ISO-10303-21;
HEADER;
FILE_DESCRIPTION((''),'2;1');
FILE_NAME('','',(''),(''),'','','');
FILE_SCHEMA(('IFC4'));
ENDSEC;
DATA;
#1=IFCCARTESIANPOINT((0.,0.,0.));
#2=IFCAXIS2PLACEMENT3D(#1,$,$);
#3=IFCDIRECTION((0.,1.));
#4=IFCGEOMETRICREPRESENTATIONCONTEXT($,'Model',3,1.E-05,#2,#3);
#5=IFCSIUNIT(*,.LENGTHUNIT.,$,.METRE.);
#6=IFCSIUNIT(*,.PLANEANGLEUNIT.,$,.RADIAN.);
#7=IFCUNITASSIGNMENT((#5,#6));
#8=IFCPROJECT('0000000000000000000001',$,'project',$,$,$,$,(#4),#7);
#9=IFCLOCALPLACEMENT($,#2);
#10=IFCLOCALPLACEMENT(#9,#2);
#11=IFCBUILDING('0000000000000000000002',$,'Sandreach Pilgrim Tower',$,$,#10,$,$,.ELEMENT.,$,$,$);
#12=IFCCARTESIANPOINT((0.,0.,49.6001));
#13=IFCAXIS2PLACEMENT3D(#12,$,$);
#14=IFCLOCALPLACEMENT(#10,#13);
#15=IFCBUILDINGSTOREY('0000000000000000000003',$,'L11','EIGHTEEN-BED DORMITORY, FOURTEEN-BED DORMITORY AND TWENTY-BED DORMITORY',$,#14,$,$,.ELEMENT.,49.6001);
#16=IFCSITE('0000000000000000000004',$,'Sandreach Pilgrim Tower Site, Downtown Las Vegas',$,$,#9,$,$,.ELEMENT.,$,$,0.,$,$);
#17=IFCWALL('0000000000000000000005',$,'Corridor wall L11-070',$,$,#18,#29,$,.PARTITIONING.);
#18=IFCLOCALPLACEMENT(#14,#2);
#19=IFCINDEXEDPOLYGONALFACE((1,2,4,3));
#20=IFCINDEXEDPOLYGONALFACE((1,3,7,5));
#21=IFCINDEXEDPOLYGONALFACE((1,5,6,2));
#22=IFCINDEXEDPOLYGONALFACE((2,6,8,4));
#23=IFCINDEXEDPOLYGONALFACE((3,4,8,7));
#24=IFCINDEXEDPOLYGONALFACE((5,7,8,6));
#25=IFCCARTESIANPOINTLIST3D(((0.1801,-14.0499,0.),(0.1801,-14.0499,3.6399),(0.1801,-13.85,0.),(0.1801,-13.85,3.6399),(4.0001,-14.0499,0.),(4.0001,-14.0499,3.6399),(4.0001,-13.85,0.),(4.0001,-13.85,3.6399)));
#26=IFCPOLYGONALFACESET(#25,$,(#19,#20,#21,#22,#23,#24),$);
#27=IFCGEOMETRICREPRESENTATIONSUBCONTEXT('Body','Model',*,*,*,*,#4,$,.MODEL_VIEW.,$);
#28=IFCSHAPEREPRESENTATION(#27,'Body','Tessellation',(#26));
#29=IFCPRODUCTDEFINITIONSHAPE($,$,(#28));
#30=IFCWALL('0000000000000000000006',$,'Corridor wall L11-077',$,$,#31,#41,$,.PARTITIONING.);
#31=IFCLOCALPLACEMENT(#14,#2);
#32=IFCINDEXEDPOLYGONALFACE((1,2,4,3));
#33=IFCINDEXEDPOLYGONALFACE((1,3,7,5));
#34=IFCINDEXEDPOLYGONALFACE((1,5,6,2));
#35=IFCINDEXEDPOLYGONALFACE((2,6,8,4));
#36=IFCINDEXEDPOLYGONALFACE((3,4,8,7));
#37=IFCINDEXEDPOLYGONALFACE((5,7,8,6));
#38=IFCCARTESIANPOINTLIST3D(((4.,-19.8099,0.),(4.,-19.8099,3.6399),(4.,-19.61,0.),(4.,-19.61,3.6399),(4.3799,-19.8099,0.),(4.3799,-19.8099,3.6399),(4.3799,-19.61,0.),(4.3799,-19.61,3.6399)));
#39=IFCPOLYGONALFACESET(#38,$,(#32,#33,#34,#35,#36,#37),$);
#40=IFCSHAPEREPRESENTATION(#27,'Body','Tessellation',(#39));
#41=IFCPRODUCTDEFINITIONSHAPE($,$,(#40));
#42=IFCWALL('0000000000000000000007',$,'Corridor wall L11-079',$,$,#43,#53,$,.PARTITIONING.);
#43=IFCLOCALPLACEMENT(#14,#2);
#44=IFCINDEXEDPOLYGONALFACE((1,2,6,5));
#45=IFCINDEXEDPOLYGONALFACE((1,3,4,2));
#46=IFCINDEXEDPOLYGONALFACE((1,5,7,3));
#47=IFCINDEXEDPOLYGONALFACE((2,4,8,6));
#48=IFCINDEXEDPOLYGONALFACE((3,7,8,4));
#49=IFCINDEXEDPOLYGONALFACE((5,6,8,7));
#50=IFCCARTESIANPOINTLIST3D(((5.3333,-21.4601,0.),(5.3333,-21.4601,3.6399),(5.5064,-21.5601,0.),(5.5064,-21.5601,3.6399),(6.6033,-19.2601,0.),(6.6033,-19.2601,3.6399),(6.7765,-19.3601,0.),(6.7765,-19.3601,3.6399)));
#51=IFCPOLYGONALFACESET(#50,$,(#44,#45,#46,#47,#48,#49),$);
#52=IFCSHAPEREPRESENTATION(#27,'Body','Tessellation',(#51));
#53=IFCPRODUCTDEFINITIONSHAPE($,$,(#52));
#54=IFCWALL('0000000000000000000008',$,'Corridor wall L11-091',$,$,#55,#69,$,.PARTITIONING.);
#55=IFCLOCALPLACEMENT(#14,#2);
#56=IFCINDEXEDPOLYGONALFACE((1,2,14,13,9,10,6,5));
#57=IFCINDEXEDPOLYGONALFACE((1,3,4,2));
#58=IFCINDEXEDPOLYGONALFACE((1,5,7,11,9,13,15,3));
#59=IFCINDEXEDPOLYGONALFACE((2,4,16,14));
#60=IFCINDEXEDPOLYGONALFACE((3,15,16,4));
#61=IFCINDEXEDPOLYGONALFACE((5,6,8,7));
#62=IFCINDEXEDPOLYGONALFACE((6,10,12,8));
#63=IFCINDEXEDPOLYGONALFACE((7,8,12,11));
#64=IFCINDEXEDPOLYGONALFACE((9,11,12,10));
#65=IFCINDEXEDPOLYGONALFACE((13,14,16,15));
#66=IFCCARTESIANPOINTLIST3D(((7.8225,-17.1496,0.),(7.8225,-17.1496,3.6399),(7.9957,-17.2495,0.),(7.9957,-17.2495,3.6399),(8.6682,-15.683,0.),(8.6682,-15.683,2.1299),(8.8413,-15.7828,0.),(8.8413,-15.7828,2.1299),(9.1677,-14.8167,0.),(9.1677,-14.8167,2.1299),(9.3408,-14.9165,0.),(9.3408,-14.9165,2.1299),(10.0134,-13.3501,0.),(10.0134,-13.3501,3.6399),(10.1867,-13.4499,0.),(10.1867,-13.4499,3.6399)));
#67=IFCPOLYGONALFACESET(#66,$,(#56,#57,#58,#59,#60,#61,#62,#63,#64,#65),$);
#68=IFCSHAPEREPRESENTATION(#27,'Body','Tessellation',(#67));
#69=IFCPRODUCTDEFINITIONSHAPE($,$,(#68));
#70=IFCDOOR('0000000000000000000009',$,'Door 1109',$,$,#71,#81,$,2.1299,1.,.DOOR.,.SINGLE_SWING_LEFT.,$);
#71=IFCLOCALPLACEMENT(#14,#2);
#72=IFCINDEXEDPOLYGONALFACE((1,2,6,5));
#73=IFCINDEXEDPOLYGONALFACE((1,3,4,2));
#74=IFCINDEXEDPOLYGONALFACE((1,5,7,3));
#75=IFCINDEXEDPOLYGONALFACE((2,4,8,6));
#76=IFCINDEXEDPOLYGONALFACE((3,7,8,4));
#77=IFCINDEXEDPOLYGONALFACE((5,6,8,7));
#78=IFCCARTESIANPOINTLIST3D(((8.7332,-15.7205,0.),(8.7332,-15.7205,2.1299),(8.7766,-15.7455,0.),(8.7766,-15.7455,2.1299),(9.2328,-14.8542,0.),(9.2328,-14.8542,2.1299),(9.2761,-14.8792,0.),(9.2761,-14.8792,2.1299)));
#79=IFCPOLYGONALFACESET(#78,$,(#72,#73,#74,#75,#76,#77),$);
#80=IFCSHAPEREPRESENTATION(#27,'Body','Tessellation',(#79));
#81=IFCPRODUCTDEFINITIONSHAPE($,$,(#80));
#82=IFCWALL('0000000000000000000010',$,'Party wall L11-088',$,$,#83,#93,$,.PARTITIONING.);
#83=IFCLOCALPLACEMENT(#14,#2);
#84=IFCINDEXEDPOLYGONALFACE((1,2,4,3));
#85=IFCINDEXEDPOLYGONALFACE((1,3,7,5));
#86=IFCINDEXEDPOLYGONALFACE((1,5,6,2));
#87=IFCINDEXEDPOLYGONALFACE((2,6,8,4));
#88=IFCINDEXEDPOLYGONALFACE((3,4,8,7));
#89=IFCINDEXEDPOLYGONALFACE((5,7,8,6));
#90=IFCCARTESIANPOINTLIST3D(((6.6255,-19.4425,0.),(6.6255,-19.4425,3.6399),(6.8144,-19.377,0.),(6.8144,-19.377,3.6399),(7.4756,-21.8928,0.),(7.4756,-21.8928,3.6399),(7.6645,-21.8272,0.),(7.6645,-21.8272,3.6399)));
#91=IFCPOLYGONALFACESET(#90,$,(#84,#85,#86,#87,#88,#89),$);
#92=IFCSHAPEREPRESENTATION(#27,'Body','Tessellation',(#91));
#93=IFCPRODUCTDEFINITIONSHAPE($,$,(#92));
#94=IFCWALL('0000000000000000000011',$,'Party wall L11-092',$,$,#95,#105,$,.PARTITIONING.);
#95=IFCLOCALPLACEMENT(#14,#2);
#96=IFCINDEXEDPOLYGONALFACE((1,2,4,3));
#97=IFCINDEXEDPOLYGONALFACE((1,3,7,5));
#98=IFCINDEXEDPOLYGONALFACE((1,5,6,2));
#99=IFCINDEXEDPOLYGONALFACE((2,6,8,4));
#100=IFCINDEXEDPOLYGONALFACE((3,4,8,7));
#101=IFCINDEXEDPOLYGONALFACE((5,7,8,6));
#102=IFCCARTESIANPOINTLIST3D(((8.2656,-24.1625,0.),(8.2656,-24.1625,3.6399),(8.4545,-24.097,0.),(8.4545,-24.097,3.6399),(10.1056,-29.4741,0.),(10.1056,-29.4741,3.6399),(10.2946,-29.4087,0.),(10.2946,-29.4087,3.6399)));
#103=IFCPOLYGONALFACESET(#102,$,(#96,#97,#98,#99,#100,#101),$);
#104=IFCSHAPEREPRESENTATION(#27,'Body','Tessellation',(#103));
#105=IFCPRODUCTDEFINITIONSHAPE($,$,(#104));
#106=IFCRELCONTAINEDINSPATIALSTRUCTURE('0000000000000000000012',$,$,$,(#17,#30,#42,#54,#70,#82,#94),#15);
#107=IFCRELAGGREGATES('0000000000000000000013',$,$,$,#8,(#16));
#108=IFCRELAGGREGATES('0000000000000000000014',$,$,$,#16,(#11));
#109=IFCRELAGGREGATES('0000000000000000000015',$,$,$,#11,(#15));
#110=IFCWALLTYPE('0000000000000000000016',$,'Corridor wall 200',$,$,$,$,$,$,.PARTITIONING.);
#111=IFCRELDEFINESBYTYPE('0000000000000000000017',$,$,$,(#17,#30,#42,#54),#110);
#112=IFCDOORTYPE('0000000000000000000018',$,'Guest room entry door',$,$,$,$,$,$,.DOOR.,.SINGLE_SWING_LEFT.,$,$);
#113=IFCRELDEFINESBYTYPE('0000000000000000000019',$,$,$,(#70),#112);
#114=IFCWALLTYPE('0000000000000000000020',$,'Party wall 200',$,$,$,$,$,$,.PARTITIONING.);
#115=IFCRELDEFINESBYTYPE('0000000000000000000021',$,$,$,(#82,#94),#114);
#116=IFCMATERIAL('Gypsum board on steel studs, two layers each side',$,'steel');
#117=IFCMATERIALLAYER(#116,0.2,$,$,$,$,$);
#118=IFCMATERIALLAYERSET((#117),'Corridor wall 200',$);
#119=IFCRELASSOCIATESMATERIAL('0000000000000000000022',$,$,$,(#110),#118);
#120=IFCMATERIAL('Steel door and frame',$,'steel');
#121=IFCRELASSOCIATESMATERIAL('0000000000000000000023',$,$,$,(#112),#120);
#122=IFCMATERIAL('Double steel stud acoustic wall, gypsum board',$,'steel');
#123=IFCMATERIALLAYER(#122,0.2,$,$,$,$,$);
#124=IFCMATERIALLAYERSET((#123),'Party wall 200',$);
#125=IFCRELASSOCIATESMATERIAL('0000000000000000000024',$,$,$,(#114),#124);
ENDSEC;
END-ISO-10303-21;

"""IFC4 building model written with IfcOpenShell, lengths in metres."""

from ifc_helpers import new_model, si_unit, direction, frame, frame_2d, origin, place, context, subcontext, project, spatial, rectangle, extrude, material, layer, layer_set, type_object, element, fill, save


model = new_model("IFC4")

# Units and contexts
model_context = context("Model", 3, precision=1e-05, world=origin(), true_north=direction((0.0, 1.0)))
body_context = subcontext(model_context, "Body", "Model", "MODEL_VIEW")
ifc_project = project(units=[si_unit("LENGTHUNIT", "METRE"), si_unit("PLANEANGLEUNIT", "RADIAN")], contexts=[model_context])

# Site, building, storey
site_placement = place(None, origin())
site = spatial("IfcSite", under=ifc_project, at=site_placement, Name="Sandreach Pilgrim Tower Site, Downtown Las Vegas", CompositionType="ELEMENT", RefElevation=0.0)
building_placement = place(site_placement, origin())
building = spatial("IfcBuilding", under=site, at=building_placement, Name="Sandreach Pilgrim Tower", CompositionType="ELEMENT")
storey_placement = place(building_placement, frame((0.0, 0.0, 49.6001)))
storey = spatial("IfcBuildingStorey", under=building, at=storey_placement, Name="L11", Description="EIGHTEEN-BED DORMITORY, FOURTEEN-BED DORMITORY AND TWENTY-BED DORMITORY", CompositionType="ELEMENT", Elevation=49.6001)

# Shared definitions
ifc_material_1 = material(Name="Gypsum board on steel studs, two layers each side", Category="steel")
ifc_layer_1 = layer(ifc_material_1, 0.2)
ifc_layer_set_1 = layer_set([ifc_layer_1], Name="Corridor wall 200")
wall_type_1 = type_object("IfcWallType", Name="Corridor wall 200", PredefinedType="PARTITIONING", material=ifc_layer_set_1)
ifc_material_2 = material(Name="Steel door and frame", Category="steel")
door_type_1 = type_object("IfcDoorType", Name="Guest room entry door", OperationType="SINGLE_SWING_LEFT", PredefinedType="DOOR", material=ifc_material_2)

# Wall
wall_1_placement = place(storey_placement, frame((0.1799, -13.95, 0.0), z_axis=(0.0, 0.0, 1.0), x_axis=(1.0, 0.0, 0.0)))
element("IfcWall", 1, at=wall_1_placement, inside=storey, type_object=wall_type_1, Name="Corridor wall L11-070", PredefinedType="PARTITIONING", context=body_context, shape_type="SweptSolid", body=[
    extrude(rectangle(XDim=3.8201, YDim=0.2, at=frame_2d((1.9102, 0.0))), origin(), (0.0, 0.0, 1.0), 3.6399),
])

# Walls
wall_2_placement = place(storey_placement, frame((4.3799, -19.71, 0.0), z_axis=(0.0, 0.0, 1.0), x_axis=(-1.0, 0.0, 0.0)))
element("IfcWall", 2, at=wall_2_placement, inside=storey, type_object=wall_type_1, Name="Corridor wall L11-077", PredefinedType="PARTITIONING", context=body_context, shape_type="SweptSolid", body=[
    extrude(rectangle(XDim=0.3799, YDim=0.2, at=frame_2d((0.1899, 0.0))), origin(), (0.0, 0.0, 1.0), 3.6399),
])
wall_3_placement = place(storey_placement, frame((5.4199, -21.51, 0.0), z_axis=(0.0, 0.0, 1.0), x_axis=(0.499964, 0.866046, 0.0)))
element("IfcWall", 3, at=wall_3_placement, inside=storey, type_object=wall_type_1, Name="Corridor wall L11-079", PredefinedType="PARTITIONING", context=body_context, shape_type="SweptSolid", body=[
    extrude(rectangle(XDim=2.5403, YDim=0.2, at=frame_2d((1.27, 0.0))), origin(), (0.0, 0.0, 1.0), 3.6399),
])

# Wall, opening, door
wall_4_placement = place(storey_placement, frame((7.9092, -17.1995, 0.0), z_axis=(0.0, 0.0, 1.0), x_axis=(0.499528, 0.866298, 0.0)))
wall_4 = element("IfcWall", 4, at=wall_4_placement, inside=storey, type_object=wall_type_1, Name="Corridor wall L11-091", PredefinedType="PARTITIONING", context=body_context, shape_type="SweptSolid", body=[
    extrude(rectangle(XDim=4.386, YDim=0.2, at=frame_2d((2.1929, 0.0))), origin(), (0.0, 0.0, 1.0), 3.6399),
])
opening_1_placement = place(wall_4_placement, frame((1.6929, 0.0, 0.0)))
opening_1 = element("IfcOpeningElement", 5, at=opening_1_placement, cuts=wall_4, PredefinedType="OPENING", context=body_context, shape_type="SweptSolid", body=[
    extrude(rectangle(XDim=1.0, YDim=2.1299, at=frame_2d((0.5, 1.0649))), frame((0.0, 0.1001, 0.0), z_axis=(0.0, -1.0, 0.0), x_axis=(1.0, 0.0, 0.0)), (0.0, 0.0, 1.0), 0.2),
])
door_1_placement = place(opening_1_placement, origin())
door_1 = element("IfcDoor", 6, at=door_1_placement, inside=storey, type_object=door_type_1, Name="Door 1109", OperationType="SINGLE_SWING_LEFT", OverallHeight=2.1299, OverallWidth=1.0, PredefinedType="DOOR", context=body_context, shape_type="SweptSolid", body=[
    extrude(rectangle(XDim=1.0, YDim=2.1299, at=frame_2d((0.5, 1.0649))), frame((0.0, 0.0249, 0.0), z_axis=(0.0, -1.0, 0.0), x_axis=(1.0, 0.0, 0.0)), (0.0, 0.0, 1.0), 0.05),
])
fill(opening_1, door_1)

# Walls
ifc_material_3 = material(Name="Double steel stud acoustic wall, gypsum board", Category="steel")
ifc_layer_2 = layer(ifc_material_3, 0.2)
ifc_layer_set_2 = layer_set([ifc_layer_2], Name="Party wall 200")
wall_type_2 = type_object("IfcWallType", Name="Party wall 200", PredefinedType="PARTITIONING", material=ifc_layer_set_2)
wall_5_placement = place(storey_placement, frame((7.5701, -21.8601, 0.0), z_axis=(0.0, 0.0, 1.0), x_axis=(-0.327783, 0.944753, 0.0)))
element("IfcWall", 7, at=wall_5_placement, inside=storey, type_object=wall_type_2, Name="Party wall L11-088", PredefinedType="PARTITIONING", context=body_context, shape_type="SweptSolid", body=[
    extrude(rectangle(XDim=2.5935, YDim=0.2, at=frame_2d((1.2969, 0.0))), origin(), (0.0, 0.0, 1.0), 3.6399),
])
wall_6_placement = place(storey_placement, frame((8.3601, -24.1299, 0.0), z_axis=(0.0, 0.0, 1.0), x_axis=(0.327333, -0.944909, 0.0)))
element("IfcWall", 8, at=wall_6_placement, inside=storey, type_object=wall_type_2, Name="Party wall L11-092", PredefinedType="PARTITIONING", context=body_context, shape_type="SweptSolid", body=[
    extrude(rectangle(XDim=5.6213, YDim=0.2, at=frame_2d((2.8105, 0.0))), origin(), (0.0, 0.0, 1.0), 3.6399),
])

save(model, "model.ifc")
